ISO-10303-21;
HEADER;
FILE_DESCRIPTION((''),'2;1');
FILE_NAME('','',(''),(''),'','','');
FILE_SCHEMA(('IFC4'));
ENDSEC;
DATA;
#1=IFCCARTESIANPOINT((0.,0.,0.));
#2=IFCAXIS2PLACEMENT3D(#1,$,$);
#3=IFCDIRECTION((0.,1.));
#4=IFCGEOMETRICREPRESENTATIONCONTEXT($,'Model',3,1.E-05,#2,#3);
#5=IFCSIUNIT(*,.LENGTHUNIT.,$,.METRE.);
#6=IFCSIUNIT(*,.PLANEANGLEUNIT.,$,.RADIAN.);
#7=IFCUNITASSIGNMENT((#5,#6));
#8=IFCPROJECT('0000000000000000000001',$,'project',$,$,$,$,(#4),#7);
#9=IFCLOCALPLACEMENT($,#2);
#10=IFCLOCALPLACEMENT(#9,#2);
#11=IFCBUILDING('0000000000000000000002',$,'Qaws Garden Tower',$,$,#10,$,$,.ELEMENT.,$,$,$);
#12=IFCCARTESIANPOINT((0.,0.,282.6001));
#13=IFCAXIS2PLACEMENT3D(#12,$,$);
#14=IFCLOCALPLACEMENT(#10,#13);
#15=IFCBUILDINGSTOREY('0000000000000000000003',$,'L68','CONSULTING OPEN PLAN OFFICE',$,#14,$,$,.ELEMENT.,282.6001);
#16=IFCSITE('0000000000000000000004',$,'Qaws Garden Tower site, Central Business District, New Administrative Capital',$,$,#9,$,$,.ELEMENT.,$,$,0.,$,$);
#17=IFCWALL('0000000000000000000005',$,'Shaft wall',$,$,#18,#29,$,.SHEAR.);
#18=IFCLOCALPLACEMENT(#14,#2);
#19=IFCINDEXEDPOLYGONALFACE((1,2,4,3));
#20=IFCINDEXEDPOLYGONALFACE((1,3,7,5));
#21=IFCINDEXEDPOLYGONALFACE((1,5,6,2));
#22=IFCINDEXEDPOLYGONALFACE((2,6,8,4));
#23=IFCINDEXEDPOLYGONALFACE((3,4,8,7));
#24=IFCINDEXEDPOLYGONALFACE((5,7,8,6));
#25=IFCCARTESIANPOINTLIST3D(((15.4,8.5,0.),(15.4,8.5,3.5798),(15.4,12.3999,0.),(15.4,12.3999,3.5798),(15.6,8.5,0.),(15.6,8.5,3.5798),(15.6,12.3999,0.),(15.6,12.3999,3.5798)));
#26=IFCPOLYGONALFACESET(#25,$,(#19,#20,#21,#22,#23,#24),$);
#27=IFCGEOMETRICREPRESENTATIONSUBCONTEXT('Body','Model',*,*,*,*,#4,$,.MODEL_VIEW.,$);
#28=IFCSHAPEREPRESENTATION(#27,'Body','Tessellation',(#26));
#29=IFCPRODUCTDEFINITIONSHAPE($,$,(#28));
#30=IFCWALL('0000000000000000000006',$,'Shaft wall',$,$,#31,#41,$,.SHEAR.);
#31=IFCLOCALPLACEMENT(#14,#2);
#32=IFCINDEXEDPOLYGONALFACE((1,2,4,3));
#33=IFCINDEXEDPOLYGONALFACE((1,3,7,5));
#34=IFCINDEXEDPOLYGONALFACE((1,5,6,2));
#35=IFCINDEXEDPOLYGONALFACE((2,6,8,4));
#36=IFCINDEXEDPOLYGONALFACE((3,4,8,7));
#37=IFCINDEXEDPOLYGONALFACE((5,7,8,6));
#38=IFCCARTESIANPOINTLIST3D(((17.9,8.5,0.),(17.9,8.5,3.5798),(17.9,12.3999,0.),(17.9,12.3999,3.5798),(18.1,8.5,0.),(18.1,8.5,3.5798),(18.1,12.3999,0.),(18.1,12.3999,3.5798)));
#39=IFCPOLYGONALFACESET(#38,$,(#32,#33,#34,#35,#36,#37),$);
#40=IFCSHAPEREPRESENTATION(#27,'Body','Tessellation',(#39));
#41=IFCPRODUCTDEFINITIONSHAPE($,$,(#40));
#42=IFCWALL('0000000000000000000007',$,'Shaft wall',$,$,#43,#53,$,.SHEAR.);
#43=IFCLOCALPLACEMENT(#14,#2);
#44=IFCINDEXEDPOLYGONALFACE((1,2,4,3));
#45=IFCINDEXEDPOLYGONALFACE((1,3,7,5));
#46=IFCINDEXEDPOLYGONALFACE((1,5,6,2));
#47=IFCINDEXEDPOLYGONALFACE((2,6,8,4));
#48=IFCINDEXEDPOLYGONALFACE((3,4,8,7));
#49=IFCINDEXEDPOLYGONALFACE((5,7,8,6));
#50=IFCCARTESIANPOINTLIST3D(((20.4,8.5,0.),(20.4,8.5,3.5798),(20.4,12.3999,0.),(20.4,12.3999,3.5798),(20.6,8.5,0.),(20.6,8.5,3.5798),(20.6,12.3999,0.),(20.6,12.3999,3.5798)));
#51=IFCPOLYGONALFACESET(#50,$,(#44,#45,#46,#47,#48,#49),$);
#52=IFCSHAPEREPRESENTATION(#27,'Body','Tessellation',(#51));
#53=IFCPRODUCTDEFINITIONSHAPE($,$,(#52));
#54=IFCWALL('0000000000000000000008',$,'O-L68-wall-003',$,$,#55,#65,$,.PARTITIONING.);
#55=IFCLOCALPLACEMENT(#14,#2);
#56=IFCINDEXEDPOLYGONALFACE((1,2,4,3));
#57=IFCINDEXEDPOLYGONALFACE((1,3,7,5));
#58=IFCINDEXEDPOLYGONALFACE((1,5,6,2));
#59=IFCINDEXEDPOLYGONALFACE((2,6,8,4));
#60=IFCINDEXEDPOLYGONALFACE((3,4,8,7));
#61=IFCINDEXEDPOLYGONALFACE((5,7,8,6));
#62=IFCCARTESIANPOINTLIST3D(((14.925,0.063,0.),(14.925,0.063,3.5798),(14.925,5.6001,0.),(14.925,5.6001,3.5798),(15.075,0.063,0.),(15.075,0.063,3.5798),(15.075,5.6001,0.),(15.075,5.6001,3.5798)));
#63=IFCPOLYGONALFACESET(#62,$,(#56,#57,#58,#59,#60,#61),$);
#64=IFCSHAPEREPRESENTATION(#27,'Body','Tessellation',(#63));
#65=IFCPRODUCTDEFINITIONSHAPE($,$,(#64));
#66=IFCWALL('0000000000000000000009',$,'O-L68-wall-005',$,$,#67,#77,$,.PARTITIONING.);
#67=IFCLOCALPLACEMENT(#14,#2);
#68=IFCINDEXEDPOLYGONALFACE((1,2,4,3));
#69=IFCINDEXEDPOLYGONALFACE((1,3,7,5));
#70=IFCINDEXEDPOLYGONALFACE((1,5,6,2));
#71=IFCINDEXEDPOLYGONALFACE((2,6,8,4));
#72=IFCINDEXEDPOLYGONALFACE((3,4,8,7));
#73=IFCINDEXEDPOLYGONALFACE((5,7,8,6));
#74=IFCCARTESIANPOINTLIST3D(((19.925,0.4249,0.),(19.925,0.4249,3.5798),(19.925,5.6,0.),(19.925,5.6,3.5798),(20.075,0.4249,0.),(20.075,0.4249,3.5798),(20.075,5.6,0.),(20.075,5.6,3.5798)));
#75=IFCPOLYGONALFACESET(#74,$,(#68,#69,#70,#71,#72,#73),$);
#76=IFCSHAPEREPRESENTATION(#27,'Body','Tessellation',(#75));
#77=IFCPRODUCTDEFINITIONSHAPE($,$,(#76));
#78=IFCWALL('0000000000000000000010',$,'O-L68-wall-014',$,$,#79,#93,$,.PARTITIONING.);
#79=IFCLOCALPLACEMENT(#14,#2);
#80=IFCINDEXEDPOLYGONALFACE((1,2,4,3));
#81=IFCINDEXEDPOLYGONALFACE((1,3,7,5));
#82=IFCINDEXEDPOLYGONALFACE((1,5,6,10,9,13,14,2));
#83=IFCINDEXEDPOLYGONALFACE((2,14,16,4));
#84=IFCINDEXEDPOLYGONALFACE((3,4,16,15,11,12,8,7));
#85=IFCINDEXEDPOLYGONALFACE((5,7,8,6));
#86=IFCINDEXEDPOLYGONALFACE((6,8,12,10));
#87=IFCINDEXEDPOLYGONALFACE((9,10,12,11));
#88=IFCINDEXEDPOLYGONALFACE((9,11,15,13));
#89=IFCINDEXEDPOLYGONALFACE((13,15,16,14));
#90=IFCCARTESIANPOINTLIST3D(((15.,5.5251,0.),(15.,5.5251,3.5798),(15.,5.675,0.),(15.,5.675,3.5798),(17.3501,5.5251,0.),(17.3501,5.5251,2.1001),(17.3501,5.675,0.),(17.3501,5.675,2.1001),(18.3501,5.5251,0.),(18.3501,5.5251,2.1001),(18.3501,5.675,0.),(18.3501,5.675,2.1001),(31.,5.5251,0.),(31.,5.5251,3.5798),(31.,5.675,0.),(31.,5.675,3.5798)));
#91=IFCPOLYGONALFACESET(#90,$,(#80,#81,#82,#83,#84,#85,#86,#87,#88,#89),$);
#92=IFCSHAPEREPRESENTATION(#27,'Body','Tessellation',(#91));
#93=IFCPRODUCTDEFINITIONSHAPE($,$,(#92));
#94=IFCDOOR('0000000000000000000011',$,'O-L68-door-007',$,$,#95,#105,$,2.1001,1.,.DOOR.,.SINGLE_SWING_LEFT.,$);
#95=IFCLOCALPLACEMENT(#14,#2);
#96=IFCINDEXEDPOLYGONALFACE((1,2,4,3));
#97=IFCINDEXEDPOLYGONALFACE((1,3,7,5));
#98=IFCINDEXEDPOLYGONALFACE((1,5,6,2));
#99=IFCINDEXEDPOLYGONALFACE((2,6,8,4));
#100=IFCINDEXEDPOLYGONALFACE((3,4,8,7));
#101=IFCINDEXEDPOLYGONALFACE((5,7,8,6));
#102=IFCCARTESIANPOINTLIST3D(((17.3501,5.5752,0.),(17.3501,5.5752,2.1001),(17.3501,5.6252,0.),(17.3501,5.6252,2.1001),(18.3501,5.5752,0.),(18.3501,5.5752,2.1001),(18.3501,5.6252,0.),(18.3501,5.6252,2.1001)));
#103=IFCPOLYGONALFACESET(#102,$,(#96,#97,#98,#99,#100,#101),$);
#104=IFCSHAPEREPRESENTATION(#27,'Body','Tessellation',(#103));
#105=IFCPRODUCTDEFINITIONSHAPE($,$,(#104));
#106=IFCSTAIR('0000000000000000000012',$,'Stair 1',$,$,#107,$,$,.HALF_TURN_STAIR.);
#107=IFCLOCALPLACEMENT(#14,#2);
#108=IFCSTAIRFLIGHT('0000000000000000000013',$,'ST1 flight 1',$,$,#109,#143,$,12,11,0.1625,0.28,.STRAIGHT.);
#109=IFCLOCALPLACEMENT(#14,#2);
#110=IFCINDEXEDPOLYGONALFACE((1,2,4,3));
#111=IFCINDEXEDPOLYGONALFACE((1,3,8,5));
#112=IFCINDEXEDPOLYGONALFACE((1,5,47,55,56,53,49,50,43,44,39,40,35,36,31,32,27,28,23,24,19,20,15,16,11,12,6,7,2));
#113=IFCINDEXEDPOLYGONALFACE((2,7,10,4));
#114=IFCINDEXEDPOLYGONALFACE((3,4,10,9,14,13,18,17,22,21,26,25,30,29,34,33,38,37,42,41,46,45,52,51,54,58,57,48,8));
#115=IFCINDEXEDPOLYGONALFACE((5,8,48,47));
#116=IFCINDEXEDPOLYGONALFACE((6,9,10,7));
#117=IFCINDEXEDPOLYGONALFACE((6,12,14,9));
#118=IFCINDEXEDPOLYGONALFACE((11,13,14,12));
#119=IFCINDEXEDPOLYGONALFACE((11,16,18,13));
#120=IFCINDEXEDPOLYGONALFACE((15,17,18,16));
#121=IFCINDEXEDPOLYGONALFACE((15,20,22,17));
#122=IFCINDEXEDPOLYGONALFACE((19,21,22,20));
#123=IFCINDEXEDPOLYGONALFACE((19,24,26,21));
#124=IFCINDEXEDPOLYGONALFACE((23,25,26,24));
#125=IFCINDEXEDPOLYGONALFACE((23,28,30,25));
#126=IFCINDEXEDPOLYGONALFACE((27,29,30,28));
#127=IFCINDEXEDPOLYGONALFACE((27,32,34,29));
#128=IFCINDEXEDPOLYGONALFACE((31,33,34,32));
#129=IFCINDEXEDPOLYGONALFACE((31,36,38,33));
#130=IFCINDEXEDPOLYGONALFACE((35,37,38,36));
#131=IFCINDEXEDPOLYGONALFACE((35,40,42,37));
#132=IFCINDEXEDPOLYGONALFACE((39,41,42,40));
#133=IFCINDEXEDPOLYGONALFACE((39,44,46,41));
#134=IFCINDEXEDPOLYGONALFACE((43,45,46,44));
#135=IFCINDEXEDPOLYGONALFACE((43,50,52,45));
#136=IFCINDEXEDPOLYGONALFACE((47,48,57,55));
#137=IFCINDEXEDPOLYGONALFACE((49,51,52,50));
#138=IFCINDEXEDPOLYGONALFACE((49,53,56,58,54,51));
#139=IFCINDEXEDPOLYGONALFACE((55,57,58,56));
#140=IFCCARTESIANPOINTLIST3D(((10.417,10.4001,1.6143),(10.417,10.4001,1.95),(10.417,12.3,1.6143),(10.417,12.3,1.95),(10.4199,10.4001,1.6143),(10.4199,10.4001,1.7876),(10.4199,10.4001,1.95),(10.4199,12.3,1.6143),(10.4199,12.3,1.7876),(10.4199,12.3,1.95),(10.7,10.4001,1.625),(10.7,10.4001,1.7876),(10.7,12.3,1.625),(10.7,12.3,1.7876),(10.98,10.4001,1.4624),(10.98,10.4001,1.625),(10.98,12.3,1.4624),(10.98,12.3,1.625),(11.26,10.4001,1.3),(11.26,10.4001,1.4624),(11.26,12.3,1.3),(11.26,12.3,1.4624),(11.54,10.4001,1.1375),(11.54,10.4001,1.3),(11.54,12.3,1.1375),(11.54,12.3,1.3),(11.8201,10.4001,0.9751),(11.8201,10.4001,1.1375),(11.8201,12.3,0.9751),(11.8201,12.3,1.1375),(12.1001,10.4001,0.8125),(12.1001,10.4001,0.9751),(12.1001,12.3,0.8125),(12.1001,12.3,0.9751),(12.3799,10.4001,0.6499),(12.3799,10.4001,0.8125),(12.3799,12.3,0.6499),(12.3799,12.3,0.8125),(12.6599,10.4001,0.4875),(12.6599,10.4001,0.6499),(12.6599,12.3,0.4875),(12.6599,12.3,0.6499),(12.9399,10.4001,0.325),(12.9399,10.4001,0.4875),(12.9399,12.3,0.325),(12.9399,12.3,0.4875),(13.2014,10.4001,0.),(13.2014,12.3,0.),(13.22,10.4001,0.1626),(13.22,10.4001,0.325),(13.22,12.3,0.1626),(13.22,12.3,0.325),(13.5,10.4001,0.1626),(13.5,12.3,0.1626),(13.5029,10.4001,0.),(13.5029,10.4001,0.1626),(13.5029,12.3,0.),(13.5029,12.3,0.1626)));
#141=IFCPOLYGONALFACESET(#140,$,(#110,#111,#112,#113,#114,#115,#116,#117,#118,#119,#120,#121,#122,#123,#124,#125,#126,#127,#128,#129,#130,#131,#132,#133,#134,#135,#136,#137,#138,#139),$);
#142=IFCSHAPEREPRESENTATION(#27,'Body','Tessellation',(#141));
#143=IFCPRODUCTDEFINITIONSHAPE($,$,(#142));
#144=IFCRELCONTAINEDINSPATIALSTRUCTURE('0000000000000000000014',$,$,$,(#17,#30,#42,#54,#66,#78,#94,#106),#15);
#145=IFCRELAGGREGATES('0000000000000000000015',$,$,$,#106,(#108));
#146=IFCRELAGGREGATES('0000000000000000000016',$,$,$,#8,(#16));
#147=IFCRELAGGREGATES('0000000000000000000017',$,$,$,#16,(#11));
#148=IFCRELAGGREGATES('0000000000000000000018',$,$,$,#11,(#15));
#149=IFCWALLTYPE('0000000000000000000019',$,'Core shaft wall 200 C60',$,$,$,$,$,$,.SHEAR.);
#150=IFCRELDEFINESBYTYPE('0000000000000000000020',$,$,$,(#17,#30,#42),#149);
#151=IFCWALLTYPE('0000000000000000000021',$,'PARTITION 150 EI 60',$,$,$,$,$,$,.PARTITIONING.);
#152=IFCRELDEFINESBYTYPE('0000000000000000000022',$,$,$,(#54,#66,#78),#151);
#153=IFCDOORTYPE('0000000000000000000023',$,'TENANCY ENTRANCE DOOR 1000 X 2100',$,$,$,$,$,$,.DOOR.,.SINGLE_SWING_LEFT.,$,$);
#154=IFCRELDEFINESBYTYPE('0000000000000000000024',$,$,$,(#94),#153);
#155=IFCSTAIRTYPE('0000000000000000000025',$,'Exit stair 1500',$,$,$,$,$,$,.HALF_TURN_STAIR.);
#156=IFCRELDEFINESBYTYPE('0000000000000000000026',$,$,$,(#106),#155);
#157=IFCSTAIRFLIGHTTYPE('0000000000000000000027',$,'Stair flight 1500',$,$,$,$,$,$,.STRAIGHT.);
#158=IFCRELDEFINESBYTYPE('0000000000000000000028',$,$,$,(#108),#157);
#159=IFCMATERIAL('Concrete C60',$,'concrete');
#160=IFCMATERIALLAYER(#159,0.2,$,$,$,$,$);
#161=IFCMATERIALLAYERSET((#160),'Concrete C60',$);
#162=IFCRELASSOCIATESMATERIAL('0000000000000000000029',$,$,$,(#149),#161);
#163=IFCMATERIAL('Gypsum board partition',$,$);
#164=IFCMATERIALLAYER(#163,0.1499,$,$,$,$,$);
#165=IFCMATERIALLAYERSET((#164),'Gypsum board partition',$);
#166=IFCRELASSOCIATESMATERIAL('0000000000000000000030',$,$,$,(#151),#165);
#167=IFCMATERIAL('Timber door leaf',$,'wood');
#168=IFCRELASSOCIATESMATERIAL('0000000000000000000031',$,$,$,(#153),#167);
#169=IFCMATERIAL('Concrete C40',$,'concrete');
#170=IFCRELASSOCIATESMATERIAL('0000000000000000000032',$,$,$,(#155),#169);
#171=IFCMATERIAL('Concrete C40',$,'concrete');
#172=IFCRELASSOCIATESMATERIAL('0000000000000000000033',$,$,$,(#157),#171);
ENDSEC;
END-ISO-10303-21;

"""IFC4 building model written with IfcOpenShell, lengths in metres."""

from ifc_helpers import new_model, si_unit, direction, frame, frame_2d, origin, place, context, subcontext, project, spatial, polyline, rectangle, outline, extrude, material, layer, layer_set, type_object, element, fill, aggregate, save


model = new_model("IFC4")

# Units and contexts
model_context = context("Model", 3, precision=1e-05, world=origin(), true_north=direction((0.0, 1.0)))
body_context = subcontext(model_context, "Body", "Model", "MODEL_VIEW")
ifc_project = project(units=[si_unit("LENGTHUNIT", "METRE"), si_unit("PLANEANGLEUNIT", "RADIAN")], contexts=[model_context])

# Site, building, storey
site_placement = place(None, origin())
site = spatial("IfcSite", under=ifc_project, at=site_placement, Name="Qaws Garden Tower site, Central Business District, New Administrative Capital", CompositionType="ELEMENT", RefElevation=0.0)
building_placement = place(site_placement, origin())
building = spatial("IfcBuilding", under=site, at=building_placement, Name="Qaws Garden Tower", CompositionType="ELEMENT")
storey_placement = place(building_placement, frame((0.0, 0.0, 282.6001)))
storey = spatial("IfcBuildingStorey", under=building, at=storey_placement, Name="L68", Description="CONSULTING OPEN PLAN OFFICE", CompositionType="ELEMENT", Elevation=282.6001)

# Walls
ifc_material_1 = material(Name="Concrete C60", Category="concrete")
ifc_layer_1 = layer(ifc_material_1, 0.2)
ifc_layer_set_1 = layer_set([ifc_layer_1], Name="Concrete C60")
wall_type_1 = type_object("IfcWallType", Name="Core shaft wall 200 C60", PredefinedType="SHEAR", material=ifc_layer_set_1)
for number, where, z_axis, x_axis, name in (
    (1, (15.5, 8.5, 0.0), (0.0, 0.0, 1.0), (0.0, 1.0, 0.0), "Shaft wall"),
    (2, (18.0, 8.5, 0.0), (0.0, 0.0, 1.0), (0.0, 1.0, 0.0), "Shaft wall"),
    (3, (20.5, 8.5, 0.0), (0.0, 0.0, 1.0), (0.0, 1.0, 0.0), "Shaft wall"),
):
    element("IfcWall", number, at=place(storey_placement, frame(where, z_axis=z_axis, x_axis=x_axis)), inside=storey, type_object=wall_type_1, Name=name, PredefinedType="SHEAR", context=body_context, shape_type="SweptSolid", body=[
        extrude(rectangle(XDim=3.8999, YDim=0.2, at=frame_2d((1.95, 0.0))), origin(), (0.0, 0.0, 1.0), 3.5798),
    ])
ifc_material_2 = material(Name="Gypsum board partition")
ifc_layer_2 = layer(ifc_material_2, 0.1499)
ifc_layer_set_2 = layer_set([ifc_layer_2], Name="Gypsum board partition")
wall_type_2 = type_object("IfcWallType", Name="PARTITION 150 EI 60", PredefinedType="PARTITIONING", material=ifc_layer_set_2)
wall_1_placement = place(storey_placement, frame((15.0, 0.063, 0.0), z_axis=(0.0, 0.0, 1.0), x_axis=(0.0, 1.0, 0.0)))
element("IfcWall", 4, at=wall_1_placement, inside=storey, type_object=wall_type_2, Name="O-L68-wall-003", PredefinedType="PARTITIONING", context=body_context, shape_type="SweptSolid", body=[
    extrude(rectangle(XDim=5.5371, YDim=0.1499, at=frame_2d((2.7686, 0.0))), origin(), (0.0, 0.0, 1.0), 3.5798),
])
wall_2_placement = place(storey_placement, frame((20.0, 0.425, 0.0), z_axis=(0.0, 0.0, 1.0), x_axis=(0.0, 1.0, 0.0)))
element("IfcWall", 5, at=wall_2_placement, inside=storey, type_object=wall_type_2, Name="O-L68-wall-005", PredefinedType="PARTITIONING", context=body_context, shape_type="SweptSolid", body=[
    extrude(rectangle(XDim=5.175, YDim=0.1499, at=frame_2d((2.5874, 0.0))), origin(), (0.0, 0.0, 1.0), 3.5798),
])

# Wall, opening, door
wall_3_placement = place(storey_placement, frame((15.0, 5.6001, 0.0), z_axis=(0.0, 0.0, 1.0), x_axis=(1.0, 0.0, 0.0)))
wall_3 = element("IfcWall", 6, at=wall_3_placement, inside=storey, type_object=wall_type_2, Name="O-L68-wall-014", PredefinedType="PARTITIONING", context=body_context, shape_type="SweptSolid", body=[
    extrude(rectangle(XDim=16.0, YDim=0.1499, at=frame_2d((8.0, 0.0))), origin(), (0.0, 0.0, 1.0), 3.5798),
])
opening_1_placement = place(wall_3_placement, frame((2.3501, 0.0, 0.0)))
opening_1 = element("IfcOpeningElement", 7, at=opening_1_placement, cuts=wall_3, PredefinedType="OPENING", context=body_context, shape_type="SweptSolid", body=[
    extrude(rectangle(XDim=1.0, YDim=2.1001, at=frame_2d((0.5, 1.05))), frame((0.0, 0.085, 0.0), z_axis=(0.0, -1.0, 0.0), x_axis=(1.0, 0.0, 0.0)), (0.0, 0.0, 1.0), 0.1699),
])
ifc_material_3 = material(Name="Timber door leaf", Category="wood")
door_type = type_object("IfcDoorType", Name="TENANCY ENTRANCE DOOR 1000 X 2100", OperationType="SINGLE_SWING_LEFT", PredefinedType="DOOR", material=ifc_material_3)
door_placement = place(opening_1_placement, frame((1.0, 0.0, 0.0), z_axis=(0.0, 0.0, 1.0), x_axis=(-1.0, 0.0, 0.0)))
door = element("IfcDoor", 8, at=door_placement, inside=storey, type_object=door_type, Name="O-L68-door-007", OperationType="SINGLE_SWING_LEFT", OverallHeight=2.1001, OverallWidth=1.0, PredefinedType="DOOR", context=body_context, shape_type="SweptSolid", body=[
    extrude(rectangle(XDim=1.0, YDim=2.1001, at=frame_2d((0.5, 1.05))), frame((0.0, 0.0249, 0.0), z_axis=(0.0, -1.0, 0.0), x_axis=(1.0, 0.0, 0.0)), (0.0, 0.0, 1.0), 0.05),
])
fill(opening_1, door)

# Stair, stair flight
ifc_material_4 = material(Name="Concrete C40", Category="concrete")
stair_type = type_object("IfcStairType", Name="Exit stair 1500", PredefinedType="HALF_TURN_STAIR", material=ifc_material_4)
stair_placement = place(storey_placement, origin())
stair = element("IfcStair", 9, at=stair_placement, inside=storey, type_object=stair_type, Name="Stair 1", PredefinedType="HALF_TURN_STAIR")
ifc_material_5 = material(Name="Concrete C40", Category="concrete")
stair_flight_type = type_object("IfcStairFlightType", Name="Stair flight 1500", PredefinedType="STRAIGHT", material=ifc_material_5)
stair_flight_placement = place(storey_placement, frame((13.5, 11.3501, 0.0), z_axis=(0.0, 0.0, 1.0), x_axis=(-1.0, 0.0, 0.0)))
stair_flight = element("IfcStairFlight", 10, at=stair_flight_placement, type_object=stair_flight_type, Name="ST1 flight 1", NumberOfRisers=12, NumberOfTreads=11, PredefinedType="STRAIGHT", RiserHeight=0.1625, TreadLength=0.28, context=body_context, shape_type="SweptSolid", body=[
    extrude(outline(polyline([(-0.0029, 0.0), (-0.0029, 0.1626), (0.0, 0.1626), (0.28, 0.1626), (0.28, 0.325), (0.5601, 0.325), (0.5601, 0.4875), (0.8401, 0.4875), (0.8401, 0.6499), (1.1201, 0.6499), (1.1201, 0.8125), (1.3999, 0.8125), (1.3999, 0.9751), (1.6799, 0.9751), (1.6799, 1.1375), (1.96, 1.1375), (1.96, 1.3), (2.24, 1.3), (2.24, 1.4624), (2.52, 1.4624), (2.52, 1.625), (2.8, 1.625), (2.8, 1.7876), (3.0801, 1.7876), (3.0801, 1.95), (3.083, 1.95), (3.083, 1.6143), (3.0801, 1.6143), (0.2986, 0.0), (-0.0029, 0.0)])), frame((0.0, 0.95, 0.0), z_axis=(0.0, -1.0, 0.0), x_axis=(1.0, 0.0, 0.0)), (0.0, 0.0, 1.0), 1.8999),
])
aggregate(stair, [stair_flight])

save(model, "model.ifc")
